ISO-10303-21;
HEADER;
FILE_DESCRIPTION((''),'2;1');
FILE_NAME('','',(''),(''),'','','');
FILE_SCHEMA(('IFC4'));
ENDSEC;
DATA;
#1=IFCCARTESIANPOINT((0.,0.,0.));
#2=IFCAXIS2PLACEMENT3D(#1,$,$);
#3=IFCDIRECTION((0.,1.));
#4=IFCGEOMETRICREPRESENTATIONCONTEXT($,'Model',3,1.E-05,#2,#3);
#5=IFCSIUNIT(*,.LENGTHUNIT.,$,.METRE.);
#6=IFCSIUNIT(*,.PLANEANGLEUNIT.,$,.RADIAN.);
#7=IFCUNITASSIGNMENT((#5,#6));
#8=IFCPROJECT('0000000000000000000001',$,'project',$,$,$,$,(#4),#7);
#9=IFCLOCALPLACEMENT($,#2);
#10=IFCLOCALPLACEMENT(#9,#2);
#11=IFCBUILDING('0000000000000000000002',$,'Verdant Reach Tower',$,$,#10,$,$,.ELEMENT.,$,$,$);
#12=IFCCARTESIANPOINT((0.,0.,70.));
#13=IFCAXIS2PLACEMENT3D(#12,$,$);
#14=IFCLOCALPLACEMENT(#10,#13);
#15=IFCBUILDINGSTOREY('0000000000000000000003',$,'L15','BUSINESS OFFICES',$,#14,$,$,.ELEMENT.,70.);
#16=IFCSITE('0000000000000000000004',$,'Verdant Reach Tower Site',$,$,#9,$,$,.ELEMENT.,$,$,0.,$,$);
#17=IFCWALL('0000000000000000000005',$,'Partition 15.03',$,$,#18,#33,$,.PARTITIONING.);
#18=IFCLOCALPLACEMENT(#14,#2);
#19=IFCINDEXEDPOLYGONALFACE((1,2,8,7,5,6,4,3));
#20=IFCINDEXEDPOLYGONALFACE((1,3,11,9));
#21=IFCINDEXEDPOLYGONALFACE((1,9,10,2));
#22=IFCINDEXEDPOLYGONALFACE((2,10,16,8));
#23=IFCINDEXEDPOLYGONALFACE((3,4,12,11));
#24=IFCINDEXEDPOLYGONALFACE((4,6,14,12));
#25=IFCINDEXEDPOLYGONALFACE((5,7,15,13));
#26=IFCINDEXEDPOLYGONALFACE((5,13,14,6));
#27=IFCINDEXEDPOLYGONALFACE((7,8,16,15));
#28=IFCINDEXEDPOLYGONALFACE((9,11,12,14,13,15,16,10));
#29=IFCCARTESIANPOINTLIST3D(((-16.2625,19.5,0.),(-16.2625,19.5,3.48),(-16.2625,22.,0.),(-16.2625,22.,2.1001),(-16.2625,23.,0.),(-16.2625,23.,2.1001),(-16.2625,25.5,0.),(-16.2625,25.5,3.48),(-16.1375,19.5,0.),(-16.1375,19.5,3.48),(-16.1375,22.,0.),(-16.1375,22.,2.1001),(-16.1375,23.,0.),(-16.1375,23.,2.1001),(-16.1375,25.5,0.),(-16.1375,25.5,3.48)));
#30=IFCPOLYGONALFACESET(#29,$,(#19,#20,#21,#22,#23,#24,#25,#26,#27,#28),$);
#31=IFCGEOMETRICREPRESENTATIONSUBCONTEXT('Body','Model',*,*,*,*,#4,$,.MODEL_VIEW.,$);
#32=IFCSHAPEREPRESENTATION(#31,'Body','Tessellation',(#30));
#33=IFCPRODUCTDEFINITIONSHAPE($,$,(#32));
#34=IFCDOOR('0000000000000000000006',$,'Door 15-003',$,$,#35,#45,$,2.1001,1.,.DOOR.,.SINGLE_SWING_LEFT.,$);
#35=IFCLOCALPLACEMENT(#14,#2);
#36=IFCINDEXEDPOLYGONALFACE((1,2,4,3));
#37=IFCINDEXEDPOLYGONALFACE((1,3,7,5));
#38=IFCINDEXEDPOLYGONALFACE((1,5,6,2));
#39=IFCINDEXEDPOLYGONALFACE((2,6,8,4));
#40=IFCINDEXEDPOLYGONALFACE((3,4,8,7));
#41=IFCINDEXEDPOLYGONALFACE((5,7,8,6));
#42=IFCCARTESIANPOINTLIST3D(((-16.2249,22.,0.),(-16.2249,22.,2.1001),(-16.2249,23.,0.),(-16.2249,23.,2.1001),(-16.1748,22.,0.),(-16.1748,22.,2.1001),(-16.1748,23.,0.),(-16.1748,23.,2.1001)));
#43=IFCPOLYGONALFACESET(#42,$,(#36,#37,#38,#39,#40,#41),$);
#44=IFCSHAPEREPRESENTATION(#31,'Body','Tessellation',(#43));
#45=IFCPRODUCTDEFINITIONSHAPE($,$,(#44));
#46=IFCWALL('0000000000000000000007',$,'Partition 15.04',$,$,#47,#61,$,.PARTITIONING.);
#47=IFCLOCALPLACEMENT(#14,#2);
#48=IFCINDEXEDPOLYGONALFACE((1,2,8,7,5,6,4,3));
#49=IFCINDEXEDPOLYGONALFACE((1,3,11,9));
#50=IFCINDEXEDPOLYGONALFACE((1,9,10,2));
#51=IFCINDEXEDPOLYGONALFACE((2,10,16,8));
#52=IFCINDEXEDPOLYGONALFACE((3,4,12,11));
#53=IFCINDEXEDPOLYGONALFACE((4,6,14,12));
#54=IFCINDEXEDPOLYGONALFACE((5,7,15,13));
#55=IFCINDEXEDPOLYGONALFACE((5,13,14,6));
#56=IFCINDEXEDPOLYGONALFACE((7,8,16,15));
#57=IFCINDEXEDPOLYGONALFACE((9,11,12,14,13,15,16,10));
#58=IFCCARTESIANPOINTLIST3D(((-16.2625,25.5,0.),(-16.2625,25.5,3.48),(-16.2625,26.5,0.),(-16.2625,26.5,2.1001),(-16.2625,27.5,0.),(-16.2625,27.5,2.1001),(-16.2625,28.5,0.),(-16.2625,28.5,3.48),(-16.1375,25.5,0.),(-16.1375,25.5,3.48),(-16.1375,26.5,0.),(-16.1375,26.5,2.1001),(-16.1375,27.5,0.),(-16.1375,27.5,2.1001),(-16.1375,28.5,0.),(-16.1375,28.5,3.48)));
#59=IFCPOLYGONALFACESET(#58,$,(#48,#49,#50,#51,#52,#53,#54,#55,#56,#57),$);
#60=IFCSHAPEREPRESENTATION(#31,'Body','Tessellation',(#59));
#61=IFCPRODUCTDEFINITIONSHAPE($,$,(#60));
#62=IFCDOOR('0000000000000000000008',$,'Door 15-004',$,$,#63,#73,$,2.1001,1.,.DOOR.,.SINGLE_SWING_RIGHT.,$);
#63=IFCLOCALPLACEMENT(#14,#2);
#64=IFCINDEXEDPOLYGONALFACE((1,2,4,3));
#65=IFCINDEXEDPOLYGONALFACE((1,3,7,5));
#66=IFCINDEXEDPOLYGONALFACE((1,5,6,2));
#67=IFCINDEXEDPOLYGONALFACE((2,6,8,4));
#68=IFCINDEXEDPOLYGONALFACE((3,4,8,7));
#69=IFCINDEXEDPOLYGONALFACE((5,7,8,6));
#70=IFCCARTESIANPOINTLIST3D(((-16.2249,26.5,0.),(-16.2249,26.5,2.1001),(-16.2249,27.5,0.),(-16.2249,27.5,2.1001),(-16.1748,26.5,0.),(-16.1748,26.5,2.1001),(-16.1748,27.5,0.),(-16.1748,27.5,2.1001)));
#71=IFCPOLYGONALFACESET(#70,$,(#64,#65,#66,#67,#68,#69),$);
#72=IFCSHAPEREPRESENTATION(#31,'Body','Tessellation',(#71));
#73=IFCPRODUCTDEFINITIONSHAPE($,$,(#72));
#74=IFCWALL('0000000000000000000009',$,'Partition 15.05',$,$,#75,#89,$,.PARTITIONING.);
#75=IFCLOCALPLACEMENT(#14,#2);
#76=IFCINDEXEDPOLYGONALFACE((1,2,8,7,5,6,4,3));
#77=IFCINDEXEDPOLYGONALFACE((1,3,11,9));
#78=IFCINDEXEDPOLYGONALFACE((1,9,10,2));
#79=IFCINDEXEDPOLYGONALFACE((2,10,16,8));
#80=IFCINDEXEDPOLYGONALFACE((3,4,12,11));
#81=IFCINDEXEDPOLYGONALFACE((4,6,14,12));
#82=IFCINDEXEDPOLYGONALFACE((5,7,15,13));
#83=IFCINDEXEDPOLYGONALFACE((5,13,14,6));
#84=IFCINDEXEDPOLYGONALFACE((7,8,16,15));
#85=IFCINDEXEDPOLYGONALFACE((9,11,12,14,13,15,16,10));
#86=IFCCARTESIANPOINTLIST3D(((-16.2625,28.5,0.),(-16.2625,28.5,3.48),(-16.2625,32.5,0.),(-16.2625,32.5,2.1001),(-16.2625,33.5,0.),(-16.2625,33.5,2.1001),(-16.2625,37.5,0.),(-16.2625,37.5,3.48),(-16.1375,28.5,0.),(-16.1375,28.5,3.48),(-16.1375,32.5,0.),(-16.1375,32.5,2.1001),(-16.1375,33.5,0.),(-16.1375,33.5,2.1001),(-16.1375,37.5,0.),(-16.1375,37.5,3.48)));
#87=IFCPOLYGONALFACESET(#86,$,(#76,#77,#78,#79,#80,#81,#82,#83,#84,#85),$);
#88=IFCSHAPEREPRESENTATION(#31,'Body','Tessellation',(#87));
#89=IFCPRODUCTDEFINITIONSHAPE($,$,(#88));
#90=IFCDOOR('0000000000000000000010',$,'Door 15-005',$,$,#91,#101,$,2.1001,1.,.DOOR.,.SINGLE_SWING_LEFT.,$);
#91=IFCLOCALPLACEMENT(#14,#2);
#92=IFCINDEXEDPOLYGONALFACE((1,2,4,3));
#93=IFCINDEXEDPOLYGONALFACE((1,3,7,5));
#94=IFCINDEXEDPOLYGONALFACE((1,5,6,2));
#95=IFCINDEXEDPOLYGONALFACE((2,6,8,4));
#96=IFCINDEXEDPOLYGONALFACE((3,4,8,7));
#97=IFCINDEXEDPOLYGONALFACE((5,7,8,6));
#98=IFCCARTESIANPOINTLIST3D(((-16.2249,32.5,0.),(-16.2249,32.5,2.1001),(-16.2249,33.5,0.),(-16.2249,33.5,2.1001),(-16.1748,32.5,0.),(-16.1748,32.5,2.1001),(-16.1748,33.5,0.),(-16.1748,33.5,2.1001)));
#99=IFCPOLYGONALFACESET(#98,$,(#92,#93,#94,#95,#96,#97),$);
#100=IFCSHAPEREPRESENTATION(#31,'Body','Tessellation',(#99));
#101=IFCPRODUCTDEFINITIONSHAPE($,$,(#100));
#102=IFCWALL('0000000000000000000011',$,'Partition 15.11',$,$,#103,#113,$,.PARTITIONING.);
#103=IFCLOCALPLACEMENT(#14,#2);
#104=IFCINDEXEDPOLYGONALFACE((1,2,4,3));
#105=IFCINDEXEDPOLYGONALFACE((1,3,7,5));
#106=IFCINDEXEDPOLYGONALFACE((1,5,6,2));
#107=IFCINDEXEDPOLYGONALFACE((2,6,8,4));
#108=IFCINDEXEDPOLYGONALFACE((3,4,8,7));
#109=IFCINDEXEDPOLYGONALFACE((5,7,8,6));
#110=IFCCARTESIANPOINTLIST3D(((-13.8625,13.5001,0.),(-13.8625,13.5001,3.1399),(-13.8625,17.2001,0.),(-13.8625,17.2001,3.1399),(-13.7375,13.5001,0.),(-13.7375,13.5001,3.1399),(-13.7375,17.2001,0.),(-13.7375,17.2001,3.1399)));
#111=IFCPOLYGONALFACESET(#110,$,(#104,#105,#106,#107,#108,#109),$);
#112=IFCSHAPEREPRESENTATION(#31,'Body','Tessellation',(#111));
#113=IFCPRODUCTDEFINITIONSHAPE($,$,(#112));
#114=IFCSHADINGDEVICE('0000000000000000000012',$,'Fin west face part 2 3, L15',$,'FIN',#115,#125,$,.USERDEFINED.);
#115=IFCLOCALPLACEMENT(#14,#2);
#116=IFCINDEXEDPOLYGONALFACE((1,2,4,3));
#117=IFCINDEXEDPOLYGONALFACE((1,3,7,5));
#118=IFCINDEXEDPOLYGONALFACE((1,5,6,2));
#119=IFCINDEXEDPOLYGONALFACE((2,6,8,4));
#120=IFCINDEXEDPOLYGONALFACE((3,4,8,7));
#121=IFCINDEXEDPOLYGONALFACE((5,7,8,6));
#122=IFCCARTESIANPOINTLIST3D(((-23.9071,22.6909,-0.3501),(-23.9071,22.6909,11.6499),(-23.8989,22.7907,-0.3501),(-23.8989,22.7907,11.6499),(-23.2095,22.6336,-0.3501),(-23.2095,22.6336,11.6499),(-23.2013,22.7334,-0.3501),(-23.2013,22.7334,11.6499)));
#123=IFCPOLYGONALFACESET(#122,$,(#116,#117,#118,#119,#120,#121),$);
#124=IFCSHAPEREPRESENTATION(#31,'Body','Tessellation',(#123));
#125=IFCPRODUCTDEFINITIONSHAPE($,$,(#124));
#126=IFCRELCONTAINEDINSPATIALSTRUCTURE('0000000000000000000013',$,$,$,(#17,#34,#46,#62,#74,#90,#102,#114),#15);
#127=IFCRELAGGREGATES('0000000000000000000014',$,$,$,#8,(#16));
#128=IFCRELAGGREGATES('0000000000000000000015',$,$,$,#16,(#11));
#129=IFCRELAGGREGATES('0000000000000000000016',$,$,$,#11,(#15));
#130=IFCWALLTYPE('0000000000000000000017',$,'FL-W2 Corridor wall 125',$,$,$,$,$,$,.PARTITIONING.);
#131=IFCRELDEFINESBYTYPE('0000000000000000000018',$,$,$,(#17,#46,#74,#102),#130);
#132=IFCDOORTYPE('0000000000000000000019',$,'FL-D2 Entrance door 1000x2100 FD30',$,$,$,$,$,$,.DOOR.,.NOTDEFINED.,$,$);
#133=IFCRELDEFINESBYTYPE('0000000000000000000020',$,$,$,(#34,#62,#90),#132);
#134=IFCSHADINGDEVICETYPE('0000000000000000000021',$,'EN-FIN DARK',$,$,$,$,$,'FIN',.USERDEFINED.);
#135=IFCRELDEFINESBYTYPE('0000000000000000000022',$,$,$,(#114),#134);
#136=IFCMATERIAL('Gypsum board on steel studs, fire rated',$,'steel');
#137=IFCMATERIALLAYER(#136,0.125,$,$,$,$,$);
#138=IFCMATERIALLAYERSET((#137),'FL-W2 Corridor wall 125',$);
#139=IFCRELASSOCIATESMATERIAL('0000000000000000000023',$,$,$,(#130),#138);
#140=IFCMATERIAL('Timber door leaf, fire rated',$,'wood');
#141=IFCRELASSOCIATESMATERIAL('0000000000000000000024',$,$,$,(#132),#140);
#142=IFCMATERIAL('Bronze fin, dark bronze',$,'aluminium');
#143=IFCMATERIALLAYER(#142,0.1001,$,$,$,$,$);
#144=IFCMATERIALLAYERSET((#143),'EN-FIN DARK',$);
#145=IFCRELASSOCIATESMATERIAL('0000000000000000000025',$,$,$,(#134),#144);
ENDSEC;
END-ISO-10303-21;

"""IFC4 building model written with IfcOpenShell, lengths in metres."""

from ifc_helpers import new_model, si_unit, direction, frame, frame_2d, origin, origin_2d, place, context, subcontext, project, spatial, rectangle, extrude, material, layer, layer_set, type_object, element, fill, save


model = new_model("IFC4")

# Units and contexts
model_context = context("Model", 3, precision=1e-05, world=origin(), true_north=direction((0.0, 1.0)))
body_context = subcontext(model_context, "Body", "Model", "MODEL_VIEW")
ifc_project = project(units=[si_unit("LENGTHUNIT", "METRE"), si_unit("PLANEANGLEUNIT", "RADIAN")], contexts=[model_context])

# Site, building, storey
site_placement = place(None, origin())
site = spatial("IfcSite", under=ifc_project, at=site_placement, Name="Verdant Reach Tower Site", CompositionType="ELEMENT", RefElevation=0.0)
building_placement = place(site_placement, origin())
building = spatial("IfcBuilding", under=site, at=building_placement, Name="Verdant Reach Tower", CompositionType="ELEMENT")
storey_placement = place(building_placement, frame((0.0, 0.0, 70.0)))
storey = spatial("IfcBuildingStorey", under=building, at=storey_placement, Name="L15", Description="BUSINESS OFFICES", CompositionType="ELEMENT", Elevation=70.0)

# Walls, openings, doors
ifc_material_1 = material(Name="Gypsum board on steel studs, fire rated", Category="steel")
ifc_layer_1 = layer(ifc_material_1, 0.125)
ifc_layer_set_1 = layer_set([ifc_layer_1], Name="FL-W2 Corridor wall 125")
wall_type_1 = type_object("IfcWallType", Name="FL-W2 Corridor wall 125", PredefinedType="PARTITIONING", material=ifc_layer_set_1)
wall_1_placement = place(storey_placement, frame((-16.2, 19.5, 0.0), z_axis=(0.0, 0.0, 1.0), x_axis=(0.0, 1.0, 0.0)))
wall_1 = element("IfcWall", 1, at=wall_1_placement, inside=storey, type_object=wall_type_1, Name="Partition 15.03", PredefinedType="PARTITIONING", context=body_context, shape_type="SweptSolid", body=[
    extrude(rectangle(XDim=6.0, YDim=0.125, at=frame_2d((3.0, 0.0))), origin(), (0.0, 0.0, 1.0), 3.48),
])
opening_1_placement = place(wall_1_placement, frame((2.5, 0.0, 0.0)))
opening_1 = element("IfcOpeningElement", 2, at=opening_1_placement, cuts=wall_1, PredefinedType="OPENING", context=body_context, shape_type="SweptSolid", body=[
    extrude(rectangle(XDim=1.0, YDim=2.1001, at=frame_2d((0.5, 1.05))), frame((0.0, 0.0725, 0.0), z_axis=(0.0, -1.0, 0.0), x_axis=(1.0, 0.0, 0.0)), (0.0, 0.0, 1.0), 0.145),
])
ifc_material_2 = material(Name="Timber door leaf, fire rated", Category="wood")
door_type_1 = type_object("IfcDoorType", Name="FL-D2 Entrance door 1000x2100 FD30", OperationType="NOTDEFINED", PredefinedType="DOOR", material=ifc_material_2)
door_1_placement = place(opening_1_placement, origin())
door_1 = element("IfcDoor", 3, at=door_1_placement, inside=storey, type_object=door_type_1, Name="Door 15-003", OperationType="SINGLE_SWING_LEFT", OverallHeight=2.1001, OverallWidth=1.0, PredefinedType="DOOR", context=body_context, shape_type="SweptSolid", body=[
    extrude(rectangle(XDim=1.0, YDim=2.1001, at=frame_2d((0.5, 1.05))), frame((0.0, 0.0249, 0.0), z_axis=(0.0, -1.0, 0.0), x_axis=(1.0, 0.0, 0.0)), (0.0, 0.0, 1.0), 0.05),
])
fill(opening_1, door_1)
wall_2_placement = place(storey_placement, frame((-16.2, 25.5, 0.0), z_axis=(0.0, 0.0, 1.0), x_axis=(0.0, 1.0, 0.0)))
wall_2 = element("IfcWall", 4, at=wall_2_placement, inside=storey, type_object=wall_type_1, Name="Partition 15.04", PredefinedType="PARTITIONING", context=body_context, shape_type="SweptSolid", body=[
    extrude(rectangle(XDim=3.0, YDim=0.125, at=frame_2d((1.5, 0.0))), origin(), (0.0, 0.0, 1.0), 3.48),
])
opening_2_placement = place(wall_2_placement, frame((1.0, 0.0, 0.0)))
opening_2 = element("IfcOpeningElement", 5, at=opening_2_placement, cuts=wall_2, PredefinedType="OPENING", context=body_context, shape_type="SweptSolid", body=[
    extrude(rectangle(XDim=1.0, YDim=2.1001, at=frame_2d((0.5, 1.05))), frame((0.0, 0.0725, 0.0), z_axis=(0.0, -1.0, 0.0), x_axis=(1.0, 0.0, 0.0)), (0.0, 0.0, 1.0), 0.145),
])
door_2_placement = place(opening_2_placement, origin())
door_2 = element("IfcDoor", 6, at=door_2_placement, inside=storey, type_object=door_type_1, Name="Door 15-004", OperationType="SINGLE_SWING_RIGHT", OverallHeight=2.1001, OverallWidth=1.0, PredefinedType="DOOR", context=body_context, shape_type="SweptSolid", body=[
    extrude(rectangle(XDim=1.0, YDim=2.1001, at=frame_2d((0.5, 1.05))), frame((0.0, 0.0249, 0.0), z_axis=(0.0, -1.0, 0.0), x_axis=(1.0, 0.0, 0.0)), (0.0, 0.0, 1.0), 0.05),
])
fill(opening_2, door_2)
wall_3_placement = place(storey_placement, frame((-16.2, 28.5, 0.0), z_axis=(0.0, 0.0, 1.0), x_axis=(0.0, 1.0, 0.0)))
wall_3 = element("IfcWall", 7, at=wall_3_placement, inside=storey, type_object=wall_type_1, Name="Partition 15.05", PredefinedType="PARTITIONING", context=body_context, shape_type="SweptSolid", body=[
    extrude(rectangle(XDim=9.0, YDim=0.125, at=frame_2d((4.5, 0.0))), origin(), (0.0, 0.0, 1.0), 3.48),
])
opening_3_placement = place(wall_3_placement, frame((4.0, 0.0, 0.0)))
opening_3 = element("IfcOpeningElement", 8, at=opening_3_placement, cuts=wall_3, PredefinedType="OPENING", context=body_context, shape_type="SweptSolid", body=[
    extrude(rectangle(XDim=1.0, YDim=2.1001, at=frame_2d((0.5, 1.05))), frame((0.0, 0.0725, 0.0), z_axis=(0.0, -1.0, 0.0), x_axis=(1.0, 0.0, 0.0)), (0.0, 0.0, 1.0), 0.145),
])
door_3_placement = place(opening_3_placement, origin())
door_3 = element("IfcDoor", 9, at=door_3_placement, inside=storey, type_object=door_type_1, Name="Door 15-005", OperationType="SINGLE_SWING_LEFT", OverallHeight=2.1001, OverallWidth=1.0, PredefinedType="DOOR", context=body_context, shape_type="SweptSolid", body=[
    extrude(rectangle(XDim=1.0, YDim=2.1001, at=frame_2d((0.5, 1.05))), frame((0.0, 0.0249, 0.0), z_axis=(0.0, -1.0, 0.0), x_axis=(1.0, 0.0, 0.0)), (0.0, 0.0, 1.0), 0.05),
])
fill(opening_3, door_3)

# Wall
wall_4_placement = place(storey_placement, frame((-13.8, 13.5, 0.0), z_axis=(0.0, 0.0, 1.0), x_axis=(0.0, 1.0, 0.0)))
element("IfcWall", 10, at=wall_4_placement, inside=storey, type_object=wall_type_1, Name="Partition 15.11", PredefinedType="PARTITIONING", context=body_context, shape_type="SweptSolid", body=[
    extrude(rectangle(XDim=3.7, YDim=0.125, at=frame_2d((1.8501, 0.0))), origin(), (0.0, 0.0, 1.0), 3.1399),
])

# Shading device
ifc_material_3 = material(Name="Bronze fin, dark bronze", Category="aluminium")
ifc_layer_2 = layer(ifc_material_3, 0.1001)
ifc_layer_set_2 = layer_set([ifc_layer_2], Name="EN-FIN DARK")
shading_device_type = type_object("IfcShadingDeviceType", Name="EN-FIN DARK", ElementType="FIN", PredefinedType="USERDEFINED", material=ifc_layer_set_2)
shading_device_placement = place(storey_placement, frame((-23.5542, 22.7122, -0.3501), z_axis=(0.0, 0.0, 1.0), x_axis=(-0.081916, -0.996639, 0.0)))
element("IfcShadingDevice", 11, at=shading_device_placement, inside=storey, type_object=shading_device_type, Name="Fin west face part 2 3, L15", ObjectType="FIN", PredefinedType="USERDEFINED", context=body_context, shape_type="SweptSolid", body=[
    extrude(rectangle(XDim=0.1001, YDim=0.7, at=origin_2d()), origin(), (0.0, 0.0, 1.0), 12.0),
])

save(model, "model.ifc")
